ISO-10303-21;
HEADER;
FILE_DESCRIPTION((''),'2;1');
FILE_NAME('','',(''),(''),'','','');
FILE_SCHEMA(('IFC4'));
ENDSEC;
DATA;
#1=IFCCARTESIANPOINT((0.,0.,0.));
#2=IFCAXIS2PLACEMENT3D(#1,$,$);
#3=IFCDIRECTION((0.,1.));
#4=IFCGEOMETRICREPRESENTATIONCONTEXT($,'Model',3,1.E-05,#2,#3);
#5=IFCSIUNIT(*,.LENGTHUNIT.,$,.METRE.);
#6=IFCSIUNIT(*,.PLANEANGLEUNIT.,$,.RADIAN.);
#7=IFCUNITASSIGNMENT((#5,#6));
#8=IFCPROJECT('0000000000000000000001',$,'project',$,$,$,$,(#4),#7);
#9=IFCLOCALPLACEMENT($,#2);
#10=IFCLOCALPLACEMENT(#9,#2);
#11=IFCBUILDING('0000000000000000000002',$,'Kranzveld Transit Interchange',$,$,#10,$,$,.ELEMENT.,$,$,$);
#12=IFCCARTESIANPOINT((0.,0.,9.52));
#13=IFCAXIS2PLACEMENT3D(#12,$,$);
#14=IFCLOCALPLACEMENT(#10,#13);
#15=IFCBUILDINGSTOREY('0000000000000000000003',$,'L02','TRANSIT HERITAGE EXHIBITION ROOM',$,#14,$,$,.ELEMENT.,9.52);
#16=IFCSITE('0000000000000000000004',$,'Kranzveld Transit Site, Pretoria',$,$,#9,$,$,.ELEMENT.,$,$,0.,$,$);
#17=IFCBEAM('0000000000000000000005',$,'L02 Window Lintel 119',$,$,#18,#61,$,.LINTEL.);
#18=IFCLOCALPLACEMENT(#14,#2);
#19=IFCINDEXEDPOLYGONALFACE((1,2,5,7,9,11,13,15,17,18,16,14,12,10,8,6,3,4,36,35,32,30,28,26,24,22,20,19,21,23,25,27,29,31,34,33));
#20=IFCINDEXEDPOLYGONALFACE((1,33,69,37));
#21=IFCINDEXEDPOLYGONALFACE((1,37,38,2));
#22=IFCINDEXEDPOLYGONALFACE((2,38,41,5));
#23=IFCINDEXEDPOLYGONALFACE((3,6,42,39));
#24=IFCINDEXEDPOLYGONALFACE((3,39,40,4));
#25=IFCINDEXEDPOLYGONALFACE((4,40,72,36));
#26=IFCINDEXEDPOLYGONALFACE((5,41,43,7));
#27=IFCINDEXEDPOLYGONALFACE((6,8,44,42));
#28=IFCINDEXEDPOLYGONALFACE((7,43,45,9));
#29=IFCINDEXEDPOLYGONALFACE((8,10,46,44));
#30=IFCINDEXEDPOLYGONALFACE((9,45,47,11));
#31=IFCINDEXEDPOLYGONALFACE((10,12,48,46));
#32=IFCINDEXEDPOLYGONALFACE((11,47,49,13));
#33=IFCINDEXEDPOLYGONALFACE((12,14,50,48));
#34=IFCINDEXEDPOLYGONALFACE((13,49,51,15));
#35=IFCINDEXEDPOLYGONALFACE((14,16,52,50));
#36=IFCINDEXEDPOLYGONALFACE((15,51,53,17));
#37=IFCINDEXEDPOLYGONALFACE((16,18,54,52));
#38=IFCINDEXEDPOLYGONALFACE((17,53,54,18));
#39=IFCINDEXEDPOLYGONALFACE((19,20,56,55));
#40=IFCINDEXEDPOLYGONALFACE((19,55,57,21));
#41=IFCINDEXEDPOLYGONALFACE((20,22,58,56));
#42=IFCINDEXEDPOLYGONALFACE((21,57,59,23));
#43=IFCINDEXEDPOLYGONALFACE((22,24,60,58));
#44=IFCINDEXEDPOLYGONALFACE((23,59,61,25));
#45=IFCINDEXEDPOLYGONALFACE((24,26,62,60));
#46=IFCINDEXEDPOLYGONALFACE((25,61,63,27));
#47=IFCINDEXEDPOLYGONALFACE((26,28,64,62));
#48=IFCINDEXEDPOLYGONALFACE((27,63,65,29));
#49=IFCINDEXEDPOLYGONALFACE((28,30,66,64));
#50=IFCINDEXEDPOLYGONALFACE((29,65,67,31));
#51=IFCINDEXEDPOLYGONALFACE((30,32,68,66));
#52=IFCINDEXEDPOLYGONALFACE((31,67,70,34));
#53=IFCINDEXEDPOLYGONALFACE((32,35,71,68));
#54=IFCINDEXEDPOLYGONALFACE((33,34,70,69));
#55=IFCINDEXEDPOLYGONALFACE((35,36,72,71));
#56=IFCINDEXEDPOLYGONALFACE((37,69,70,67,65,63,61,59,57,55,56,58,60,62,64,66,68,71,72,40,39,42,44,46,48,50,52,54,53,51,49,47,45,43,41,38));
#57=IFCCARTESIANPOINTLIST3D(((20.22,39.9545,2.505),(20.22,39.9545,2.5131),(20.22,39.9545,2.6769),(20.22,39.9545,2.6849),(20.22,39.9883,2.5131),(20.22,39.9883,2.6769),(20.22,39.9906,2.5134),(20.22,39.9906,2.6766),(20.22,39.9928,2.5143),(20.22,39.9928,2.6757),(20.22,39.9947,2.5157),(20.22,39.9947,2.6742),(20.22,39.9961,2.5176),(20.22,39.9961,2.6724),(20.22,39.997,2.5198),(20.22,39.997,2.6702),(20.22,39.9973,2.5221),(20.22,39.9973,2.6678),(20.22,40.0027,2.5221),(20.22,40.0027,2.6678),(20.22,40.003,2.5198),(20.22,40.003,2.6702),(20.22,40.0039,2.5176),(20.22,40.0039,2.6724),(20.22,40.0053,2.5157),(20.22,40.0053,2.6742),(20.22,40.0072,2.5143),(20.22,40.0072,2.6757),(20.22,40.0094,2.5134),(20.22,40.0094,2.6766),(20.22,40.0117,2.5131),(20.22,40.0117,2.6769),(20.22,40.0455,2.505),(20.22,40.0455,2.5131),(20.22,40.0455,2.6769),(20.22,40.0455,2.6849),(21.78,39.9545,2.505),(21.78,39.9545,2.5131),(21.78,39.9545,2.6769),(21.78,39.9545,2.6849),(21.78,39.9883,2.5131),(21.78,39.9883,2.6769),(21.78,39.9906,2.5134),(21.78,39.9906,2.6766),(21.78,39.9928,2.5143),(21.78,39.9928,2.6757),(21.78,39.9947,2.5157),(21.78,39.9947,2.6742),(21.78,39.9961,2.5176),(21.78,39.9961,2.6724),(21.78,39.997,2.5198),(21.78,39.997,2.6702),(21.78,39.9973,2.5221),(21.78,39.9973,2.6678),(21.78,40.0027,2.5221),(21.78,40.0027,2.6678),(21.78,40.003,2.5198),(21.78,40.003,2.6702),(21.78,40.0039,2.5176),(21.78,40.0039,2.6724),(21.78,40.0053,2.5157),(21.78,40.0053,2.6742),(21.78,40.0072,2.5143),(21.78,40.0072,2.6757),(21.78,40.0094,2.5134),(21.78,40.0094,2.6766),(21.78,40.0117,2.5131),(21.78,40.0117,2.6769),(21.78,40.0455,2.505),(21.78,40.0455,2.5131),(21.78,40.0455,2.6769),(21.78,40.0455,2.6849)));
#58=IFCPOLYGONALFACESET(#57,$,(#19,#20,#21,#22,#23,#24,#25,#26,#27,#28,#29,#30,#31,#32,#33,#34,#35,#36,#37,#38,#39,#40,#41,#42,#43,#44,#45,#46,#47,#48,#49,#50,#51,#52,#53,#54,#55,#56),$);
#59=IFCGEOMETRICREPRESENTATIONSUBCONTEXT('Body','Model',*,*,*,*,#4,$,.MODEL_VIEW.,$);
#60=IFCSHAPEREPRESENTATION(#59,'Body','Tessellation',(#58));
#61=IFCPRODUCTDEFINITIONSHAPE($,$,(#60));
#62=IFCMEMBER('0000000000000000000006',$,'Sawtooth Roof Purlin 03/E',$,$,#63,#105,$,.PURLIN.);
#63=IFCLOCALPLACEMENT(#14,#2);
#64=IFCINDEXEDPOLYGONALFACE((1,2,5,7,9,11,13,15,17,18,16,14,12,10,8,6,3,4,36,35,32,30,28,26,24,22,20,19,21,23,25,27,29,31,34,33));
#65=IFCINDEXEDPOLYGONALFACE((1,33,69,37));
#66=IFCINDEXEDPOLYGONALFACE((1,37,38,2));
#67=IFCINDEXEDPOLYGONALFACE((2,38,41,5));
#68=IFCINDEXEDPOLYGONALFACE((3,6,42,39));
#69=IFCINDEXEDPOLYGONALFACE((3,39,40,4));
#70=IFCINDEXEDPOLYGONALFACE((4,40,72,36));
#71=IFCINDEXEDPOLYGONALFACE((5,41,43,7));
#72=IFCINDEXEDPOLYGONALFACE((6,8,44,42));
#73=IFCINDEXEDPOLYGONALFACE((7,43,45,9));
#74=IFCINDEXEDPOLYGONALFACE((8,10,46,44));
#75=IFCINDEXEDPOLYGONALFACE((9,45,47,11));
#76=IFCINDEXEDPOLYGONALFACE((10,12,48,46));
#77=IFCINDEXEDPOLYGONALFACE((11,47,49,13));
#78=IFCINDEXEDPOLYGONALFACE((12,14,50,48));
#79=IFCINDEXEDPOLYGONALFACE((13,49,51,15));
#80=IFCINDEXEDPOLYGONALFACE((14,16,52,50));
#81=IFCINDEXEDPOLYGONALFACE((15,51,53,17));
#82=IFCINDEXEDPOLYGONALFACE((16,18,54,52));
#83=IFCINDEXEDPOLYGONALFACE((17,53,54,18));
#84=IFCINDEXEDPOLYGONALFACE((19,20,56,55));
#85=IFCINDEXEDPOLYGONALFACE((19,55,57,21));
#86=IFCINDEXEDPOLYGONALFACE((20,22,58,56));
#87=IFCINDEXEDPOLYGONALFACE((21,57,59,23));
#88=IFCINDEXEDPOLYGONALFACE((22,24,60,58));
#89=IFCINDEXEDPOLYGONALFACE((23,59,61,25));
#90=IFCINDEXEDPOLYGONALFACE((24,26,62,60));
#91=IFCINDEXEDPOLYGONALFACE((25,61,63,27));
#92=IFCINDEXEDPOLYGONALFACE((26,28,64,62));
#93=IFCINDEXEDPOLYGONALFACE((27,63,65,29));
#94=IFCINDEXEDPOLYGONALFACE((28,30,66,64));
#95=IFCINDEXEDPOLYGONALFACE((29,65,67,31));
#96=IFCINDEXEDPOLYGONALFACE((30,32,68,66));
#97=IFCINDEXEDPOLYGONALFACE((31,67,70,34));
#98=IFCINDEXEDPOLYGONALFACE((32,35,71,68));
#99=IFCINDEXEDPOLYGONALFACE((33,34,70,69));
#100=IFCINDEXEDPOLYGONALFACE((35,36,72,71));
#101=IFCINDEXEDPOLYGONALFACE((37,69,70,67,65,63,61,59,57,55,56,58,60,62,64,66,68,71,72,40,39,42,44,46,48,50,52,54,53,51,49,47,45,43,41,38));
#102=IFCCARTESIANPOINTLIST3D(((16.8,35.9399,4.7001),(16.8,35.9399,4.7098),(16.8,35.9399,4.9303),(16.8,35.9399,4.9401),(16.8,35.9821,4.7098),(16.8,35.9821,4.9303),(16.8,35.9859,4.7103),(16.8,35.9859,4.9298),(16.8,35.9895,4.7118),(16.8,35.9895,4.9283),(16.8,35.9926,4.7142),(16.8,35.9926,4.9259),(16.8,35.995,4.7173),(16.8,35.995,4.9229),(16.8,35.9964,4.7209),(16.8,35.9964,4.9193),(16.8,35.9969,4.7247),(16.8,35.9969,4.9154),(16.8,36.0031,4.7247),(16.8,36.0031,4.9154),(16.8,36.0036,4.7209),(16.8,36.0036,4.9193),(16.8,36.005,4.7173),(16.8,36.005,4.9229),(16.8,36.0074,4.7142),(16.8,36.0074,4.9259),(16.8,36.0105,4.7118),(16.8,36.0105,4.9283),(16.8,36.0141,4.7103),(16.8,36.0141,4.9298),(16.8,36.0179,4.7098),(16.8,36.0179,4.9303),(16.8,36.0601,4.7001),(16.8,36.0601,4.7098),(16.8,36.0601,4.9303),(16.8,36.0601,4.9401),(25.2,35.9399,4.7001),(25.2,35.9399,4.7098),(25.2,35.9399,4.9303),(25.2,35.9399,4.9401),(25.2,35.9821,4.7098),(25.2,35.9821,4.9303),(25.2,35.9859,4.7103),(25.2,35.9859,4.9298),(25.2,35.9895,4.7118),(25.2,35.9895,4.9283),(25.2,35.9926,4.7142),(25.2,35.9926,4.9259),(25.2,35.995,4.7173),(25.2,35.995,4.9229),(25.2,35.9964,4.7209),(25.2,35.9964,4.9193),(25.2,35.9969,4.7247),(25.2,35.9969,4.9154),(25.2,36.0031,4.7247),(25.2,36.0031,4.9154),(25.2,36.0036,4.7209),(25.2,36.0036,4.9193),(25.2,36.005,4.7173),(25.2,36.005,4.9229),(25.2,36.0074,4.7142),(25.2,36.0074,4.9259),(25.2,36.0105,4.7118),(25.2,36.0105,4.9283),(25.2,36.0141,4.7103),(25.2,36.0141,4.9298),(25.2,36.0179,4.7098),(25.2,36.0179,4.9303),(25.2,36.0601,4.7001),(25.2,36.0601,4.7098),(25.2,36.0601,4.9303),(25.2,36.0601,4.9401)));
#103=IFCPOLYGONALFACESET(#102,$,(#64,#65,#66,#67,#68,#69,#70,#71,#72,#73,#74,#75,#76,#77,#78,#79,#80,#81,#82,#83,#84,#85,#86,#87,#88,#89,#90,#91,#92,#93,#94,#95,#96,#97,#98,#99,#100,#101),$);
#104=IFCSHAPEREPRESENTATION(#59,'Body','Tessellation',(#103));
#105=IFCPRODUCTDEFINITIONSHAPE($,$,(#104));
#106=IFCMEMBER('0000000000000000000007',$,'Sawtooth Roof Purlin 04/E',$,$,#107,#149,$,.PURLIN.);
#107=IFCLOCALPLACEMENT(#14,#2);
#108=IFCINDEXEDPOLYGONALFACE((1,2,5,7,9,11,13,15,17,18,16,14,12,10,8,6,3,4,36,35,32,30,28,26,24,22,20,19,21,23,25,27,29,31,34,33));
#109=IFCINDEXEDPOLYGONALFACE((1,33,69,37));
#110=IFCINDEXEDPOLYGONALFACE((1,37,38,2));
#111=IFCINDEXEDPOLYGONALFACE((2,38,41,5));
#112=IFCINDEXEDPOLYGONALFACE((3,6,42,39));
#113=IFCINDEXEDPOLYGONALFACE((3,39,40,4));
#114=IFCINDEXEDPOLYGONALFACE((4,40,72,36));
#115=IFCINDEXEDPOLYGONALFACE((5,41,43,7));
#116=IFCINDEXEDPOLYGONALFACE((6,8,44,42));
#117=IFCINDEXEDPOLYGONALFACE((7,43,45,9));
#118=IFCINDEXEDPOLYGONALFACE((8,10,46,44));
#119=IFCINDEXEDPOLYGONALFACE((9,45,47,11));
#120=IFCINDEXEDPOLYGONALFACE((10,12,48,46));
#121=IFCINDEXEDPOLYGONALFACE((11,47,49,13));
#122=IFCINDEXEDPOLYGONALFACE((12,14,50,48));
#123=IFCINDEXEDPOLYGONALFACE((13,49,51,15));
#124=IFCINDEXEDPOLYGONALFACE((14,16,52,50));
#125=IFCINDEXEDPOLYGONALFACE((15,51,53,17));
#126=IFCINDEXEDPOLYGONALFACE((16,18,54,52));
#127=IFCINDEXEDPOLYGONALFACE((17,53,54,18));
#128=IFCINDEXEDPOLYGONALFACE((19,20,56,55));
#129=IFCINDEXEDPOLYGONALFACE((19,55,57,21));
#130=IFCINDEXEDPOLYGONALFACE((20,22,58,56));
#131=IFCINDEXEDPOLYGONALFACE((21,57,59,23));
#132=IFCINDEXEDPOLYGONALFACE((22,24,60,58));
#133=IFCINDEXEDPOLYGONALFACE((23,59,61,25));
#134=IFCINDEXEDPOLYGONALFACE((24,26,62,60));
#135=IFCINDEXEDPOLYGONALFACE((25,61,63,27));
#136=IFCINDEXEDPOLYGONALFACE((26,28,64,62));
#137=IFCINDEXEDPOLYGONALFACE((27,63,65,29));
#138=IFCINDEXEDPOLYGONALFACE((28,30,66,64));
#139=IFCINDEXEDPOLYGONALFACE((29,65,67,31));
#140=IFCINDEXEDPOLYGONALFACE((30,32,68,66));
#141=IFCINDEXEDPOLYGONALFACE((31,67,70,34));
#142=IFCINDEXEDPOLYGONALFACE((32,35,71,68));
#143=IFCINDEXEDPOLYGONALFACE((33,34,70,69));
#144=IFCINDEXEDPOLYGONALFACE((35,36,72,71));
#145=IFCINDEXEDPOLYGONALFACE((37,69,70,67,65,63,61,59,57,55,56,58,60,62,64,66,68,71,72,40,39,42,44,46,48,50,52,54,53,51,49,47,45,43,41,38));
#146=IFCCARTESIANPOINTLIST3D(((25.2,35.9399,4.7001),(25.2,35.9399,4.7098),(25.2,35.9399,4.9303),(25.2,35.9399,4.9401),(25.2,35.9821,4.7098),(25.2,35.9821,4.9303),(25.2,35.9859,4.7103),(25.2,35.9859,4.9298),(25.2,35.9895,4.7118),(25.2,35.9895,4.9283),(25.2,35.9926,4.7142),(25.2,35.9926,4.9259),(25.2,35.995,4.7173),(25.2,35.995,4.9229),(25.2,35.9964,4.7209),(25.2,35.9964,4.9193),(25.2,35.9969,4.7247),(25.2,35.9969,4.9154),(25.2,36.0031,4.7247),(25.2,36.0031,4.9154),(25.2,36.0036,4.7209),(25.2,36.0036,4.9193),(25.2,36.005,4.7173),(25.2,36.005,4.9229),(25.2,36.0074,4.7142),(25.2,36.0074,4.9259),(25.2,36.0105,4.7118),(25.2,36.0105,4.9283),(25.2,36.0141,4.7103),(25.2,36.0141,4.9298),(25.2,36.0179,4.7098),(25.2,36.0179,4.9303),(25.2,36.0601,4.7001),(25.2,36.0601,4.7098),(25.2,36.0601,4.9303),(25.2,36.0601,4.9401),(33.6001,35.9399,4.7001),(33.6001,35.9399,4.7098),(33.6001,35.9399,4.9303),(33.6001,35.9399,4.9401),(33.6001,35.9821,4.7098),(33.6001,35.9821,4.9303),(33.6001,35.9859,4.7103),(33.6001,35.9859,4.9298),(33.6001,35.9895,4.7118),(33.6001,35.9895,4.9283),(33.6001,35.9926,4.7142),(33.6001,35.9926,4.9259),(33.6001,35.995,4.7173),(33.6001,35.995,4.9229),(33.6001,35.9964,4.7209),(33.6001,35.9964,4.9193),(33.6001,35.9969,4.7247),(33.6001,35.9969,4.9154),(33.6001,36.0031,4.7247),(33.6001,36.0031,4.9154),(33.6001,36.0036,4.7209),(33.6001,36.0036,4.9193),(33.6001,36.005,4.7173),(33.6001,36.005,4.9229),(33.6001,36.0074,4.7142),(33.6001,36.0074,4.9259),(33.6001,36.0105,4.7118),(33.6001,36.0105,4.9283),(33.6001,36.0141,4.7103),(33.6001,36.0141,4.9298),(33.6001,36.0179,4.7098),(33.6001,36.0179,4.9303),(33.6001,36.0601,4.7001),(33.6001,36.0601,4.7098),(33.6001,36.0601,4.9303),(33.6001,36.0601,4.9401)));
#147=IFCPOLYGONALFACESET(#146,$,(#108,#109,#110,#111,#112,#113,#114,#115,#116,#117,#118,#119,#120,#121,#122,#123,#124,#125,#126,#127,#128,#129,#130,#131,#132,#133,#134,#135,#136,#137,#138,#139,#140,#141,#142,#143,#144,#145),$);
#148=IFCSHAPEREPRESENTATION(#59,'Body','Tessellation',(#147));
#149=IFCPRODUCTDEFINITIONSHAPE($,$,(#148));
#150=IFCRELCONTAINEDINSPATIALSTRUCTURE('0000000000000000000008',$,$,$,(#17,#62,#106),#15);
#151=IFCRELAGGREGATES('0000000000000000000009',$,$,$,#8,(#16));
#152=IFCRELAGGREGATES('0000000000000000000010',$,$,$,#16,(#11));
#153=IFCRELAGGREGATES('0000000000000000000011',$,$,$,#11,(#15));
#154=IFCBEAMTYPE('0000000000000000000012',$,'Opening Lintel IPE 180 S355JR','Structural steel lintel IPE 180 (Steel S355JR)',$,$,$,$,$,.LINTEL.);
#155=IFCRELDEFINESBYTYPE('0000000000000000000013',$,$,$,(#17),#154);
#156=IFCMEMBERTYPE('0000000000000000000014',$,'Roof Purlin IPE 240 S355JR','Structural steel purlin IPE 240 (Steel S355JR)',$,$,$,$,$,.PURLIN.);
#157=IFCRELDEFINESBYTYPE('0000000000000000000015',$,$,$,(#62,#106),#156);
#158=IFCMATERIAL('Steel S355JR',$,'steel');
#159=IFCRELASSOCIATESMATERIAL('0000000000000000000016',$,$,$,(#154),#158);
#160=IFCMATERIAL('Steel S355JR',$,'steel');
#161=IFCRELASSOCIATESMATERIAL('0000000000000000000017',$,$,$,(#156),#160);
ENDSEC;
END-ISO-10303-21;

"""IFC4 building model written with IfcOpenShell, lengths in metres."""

from ifc_helpers import new_model, si_unit, direction, frame, origin, origin_2d, place, context, subcontext, project, spatial, i_section, extrude, material, material_profile, profile_set, type_object, element, save


model = new_model("IFC4")

# Units and contexts
model_context = context("Model", 3, precision=1e-05, world=origin(), true_north=direction((0.0, 1.0)))
body_context = subcontext(model_context, "Body", "Model", "MODEL_VIEW")
ifc_project = project(units=[si_unit("LENGTHUNIT", "METRE"), si_unit("PLANEANGLEUNIT", "RADIAN")], contexts=[model_context])

# Site, building, storey
site_placement = place(None, origin())
site = spatial("IfcSite", under=ifc_project, at=site_placement, Name="Kranzveld Transit Site, Pretoria", CompositionType="ELEMENT", RefElevation=0.0)
building_placement = place(site_placement, origin())
building = spatial("IfcBuilding", under=site, at=building_placement, Name="Kranzveld Transit Interchange", CompositionType="ELEMENT")
storey_placement = place(building_placement, frame((0.0, 0.0, 9.52)))
storey = spatial("IfcBuildingStorey", under=building, at=storey_placement, Name="L02", Description="TRANSIT HERITAGE EXHIBITION ROOM", CompositionType="ELEMENT", Elevation=9.52)

# Beam
ifc_material_1 = material(Name="Steel S355JR", Category="steel")
ifc_material_profile_1 = material_profile(ifc_material_1, i_section(OverallWidth=0.0911, OverallDepth=0.1799, WebThickness=0.0054, FlangeThickness=0.0081, FilletRadius=0.009, at=origin_2d()), Name="IPE 180")
ifc_profile_set_1 = profile_set([ifc_material_profile_1], Name="Steel S355JR")
beam_type_1 = type_object("IfcBeamType", Name="Opening Lintel IPE 180 S355JR", Description="Structural steel lintel IPE 180 (Steel S355JR)", PredefinedType="LINTEL", material=ifc_profile_set_1)
beam_1_placement = place(storey_placement, frame((20.22, 40.0, 2.595), z_axis=(1.0, 0.0, 0.0), x_axis=(0.0, 1.0, 0.0)))
element("IfcBeam", 1, at=beam_1_placement, inside=storey, type_object=beam_type_1, Name="L02 Window Lintel 119", PredefinedType="LINTEL", context=body_context, shape_type="SweptSolid", body=[
    extrude(i_section(OverallWidth=0.0911, OverallDepth=0.1799, WebThickness=0.0054, FlangeThickness=0.0081, FilletRadius=0.009, at=origin_2d()), origin(), (0.0, 0.0, 1.0), 1.5601),
])

# Members
ifc_material_2 = material(Name="Steel S355JR", Category="steel")
ifc_material_profile_2 = material_profile(ifc_material_2, i_section(OverallWidth=0.1201, OverallDepth=0.24, WebThickness=0.0061, FlangeThickness=0.0098, FilletRadius=0.0149, at=origin_2d()), Name="IPE 240")
ifc_profile_set_2 = profile_set([ifc_material_profile_2], Name="Steel S355JR")
member_type_1 = type_object("IfcMemberType", Name="Roof Purlin IPE 240 S355JR", Description="Structural steel purlin IPE 240 (Steel S355JR)", PredefinedType="PURLIN", material=ifc_profile_set_2)
member_1_placement = place(storey_placement, frame((16.8, 36.0, 4.8201), z_axis=(1.0, 0.0, 0.0), x_axis=(0.0, 1.0, 0.0)))
element("IfcMember", 2, at=member_1_placement, inside=storey, type_object=member_type_1, Name="Sawtooth Roof Purlin 03/E", PredefinedType="PURLIN", context=body_context, shape_type="SweptSolid", body=[
    extrude(i_section(OverallWidth=0.1201, OverallDepth=0.24, WebThickness=0.0061, FlangeThickness=0.0098, FilletRadius=0.0149, at=origin_2d()), origin(), (0.0, 0.0, 1.0), 8.3999),
])
member_2_placement = place(storey_placement, frame((25.2, 36.0, 4.8201), z_axis=(1.0, 0.0, 0.0), x_axis=(0.0, 1.0, 0.0)))
element("IfcMember", 3, at=member_2_placement, inside=storey, type_object=member_type_1, Name="Sawtooth Roof Purlin 04/E", PredefinedType="PURLIN", context=body_context, shape_type="SweptSolid", body=[
    extrude(i_section(OverallWidth=0.1201, OverallDepth=0.24, WebThickness=0.0061, FlangeThickness=0.0098, FilletRadius=0.0149, at=origin_2d()), origin(), (0.0, 0.0, 1.0), 8.4001),
])

save(model, "model.ifc")
